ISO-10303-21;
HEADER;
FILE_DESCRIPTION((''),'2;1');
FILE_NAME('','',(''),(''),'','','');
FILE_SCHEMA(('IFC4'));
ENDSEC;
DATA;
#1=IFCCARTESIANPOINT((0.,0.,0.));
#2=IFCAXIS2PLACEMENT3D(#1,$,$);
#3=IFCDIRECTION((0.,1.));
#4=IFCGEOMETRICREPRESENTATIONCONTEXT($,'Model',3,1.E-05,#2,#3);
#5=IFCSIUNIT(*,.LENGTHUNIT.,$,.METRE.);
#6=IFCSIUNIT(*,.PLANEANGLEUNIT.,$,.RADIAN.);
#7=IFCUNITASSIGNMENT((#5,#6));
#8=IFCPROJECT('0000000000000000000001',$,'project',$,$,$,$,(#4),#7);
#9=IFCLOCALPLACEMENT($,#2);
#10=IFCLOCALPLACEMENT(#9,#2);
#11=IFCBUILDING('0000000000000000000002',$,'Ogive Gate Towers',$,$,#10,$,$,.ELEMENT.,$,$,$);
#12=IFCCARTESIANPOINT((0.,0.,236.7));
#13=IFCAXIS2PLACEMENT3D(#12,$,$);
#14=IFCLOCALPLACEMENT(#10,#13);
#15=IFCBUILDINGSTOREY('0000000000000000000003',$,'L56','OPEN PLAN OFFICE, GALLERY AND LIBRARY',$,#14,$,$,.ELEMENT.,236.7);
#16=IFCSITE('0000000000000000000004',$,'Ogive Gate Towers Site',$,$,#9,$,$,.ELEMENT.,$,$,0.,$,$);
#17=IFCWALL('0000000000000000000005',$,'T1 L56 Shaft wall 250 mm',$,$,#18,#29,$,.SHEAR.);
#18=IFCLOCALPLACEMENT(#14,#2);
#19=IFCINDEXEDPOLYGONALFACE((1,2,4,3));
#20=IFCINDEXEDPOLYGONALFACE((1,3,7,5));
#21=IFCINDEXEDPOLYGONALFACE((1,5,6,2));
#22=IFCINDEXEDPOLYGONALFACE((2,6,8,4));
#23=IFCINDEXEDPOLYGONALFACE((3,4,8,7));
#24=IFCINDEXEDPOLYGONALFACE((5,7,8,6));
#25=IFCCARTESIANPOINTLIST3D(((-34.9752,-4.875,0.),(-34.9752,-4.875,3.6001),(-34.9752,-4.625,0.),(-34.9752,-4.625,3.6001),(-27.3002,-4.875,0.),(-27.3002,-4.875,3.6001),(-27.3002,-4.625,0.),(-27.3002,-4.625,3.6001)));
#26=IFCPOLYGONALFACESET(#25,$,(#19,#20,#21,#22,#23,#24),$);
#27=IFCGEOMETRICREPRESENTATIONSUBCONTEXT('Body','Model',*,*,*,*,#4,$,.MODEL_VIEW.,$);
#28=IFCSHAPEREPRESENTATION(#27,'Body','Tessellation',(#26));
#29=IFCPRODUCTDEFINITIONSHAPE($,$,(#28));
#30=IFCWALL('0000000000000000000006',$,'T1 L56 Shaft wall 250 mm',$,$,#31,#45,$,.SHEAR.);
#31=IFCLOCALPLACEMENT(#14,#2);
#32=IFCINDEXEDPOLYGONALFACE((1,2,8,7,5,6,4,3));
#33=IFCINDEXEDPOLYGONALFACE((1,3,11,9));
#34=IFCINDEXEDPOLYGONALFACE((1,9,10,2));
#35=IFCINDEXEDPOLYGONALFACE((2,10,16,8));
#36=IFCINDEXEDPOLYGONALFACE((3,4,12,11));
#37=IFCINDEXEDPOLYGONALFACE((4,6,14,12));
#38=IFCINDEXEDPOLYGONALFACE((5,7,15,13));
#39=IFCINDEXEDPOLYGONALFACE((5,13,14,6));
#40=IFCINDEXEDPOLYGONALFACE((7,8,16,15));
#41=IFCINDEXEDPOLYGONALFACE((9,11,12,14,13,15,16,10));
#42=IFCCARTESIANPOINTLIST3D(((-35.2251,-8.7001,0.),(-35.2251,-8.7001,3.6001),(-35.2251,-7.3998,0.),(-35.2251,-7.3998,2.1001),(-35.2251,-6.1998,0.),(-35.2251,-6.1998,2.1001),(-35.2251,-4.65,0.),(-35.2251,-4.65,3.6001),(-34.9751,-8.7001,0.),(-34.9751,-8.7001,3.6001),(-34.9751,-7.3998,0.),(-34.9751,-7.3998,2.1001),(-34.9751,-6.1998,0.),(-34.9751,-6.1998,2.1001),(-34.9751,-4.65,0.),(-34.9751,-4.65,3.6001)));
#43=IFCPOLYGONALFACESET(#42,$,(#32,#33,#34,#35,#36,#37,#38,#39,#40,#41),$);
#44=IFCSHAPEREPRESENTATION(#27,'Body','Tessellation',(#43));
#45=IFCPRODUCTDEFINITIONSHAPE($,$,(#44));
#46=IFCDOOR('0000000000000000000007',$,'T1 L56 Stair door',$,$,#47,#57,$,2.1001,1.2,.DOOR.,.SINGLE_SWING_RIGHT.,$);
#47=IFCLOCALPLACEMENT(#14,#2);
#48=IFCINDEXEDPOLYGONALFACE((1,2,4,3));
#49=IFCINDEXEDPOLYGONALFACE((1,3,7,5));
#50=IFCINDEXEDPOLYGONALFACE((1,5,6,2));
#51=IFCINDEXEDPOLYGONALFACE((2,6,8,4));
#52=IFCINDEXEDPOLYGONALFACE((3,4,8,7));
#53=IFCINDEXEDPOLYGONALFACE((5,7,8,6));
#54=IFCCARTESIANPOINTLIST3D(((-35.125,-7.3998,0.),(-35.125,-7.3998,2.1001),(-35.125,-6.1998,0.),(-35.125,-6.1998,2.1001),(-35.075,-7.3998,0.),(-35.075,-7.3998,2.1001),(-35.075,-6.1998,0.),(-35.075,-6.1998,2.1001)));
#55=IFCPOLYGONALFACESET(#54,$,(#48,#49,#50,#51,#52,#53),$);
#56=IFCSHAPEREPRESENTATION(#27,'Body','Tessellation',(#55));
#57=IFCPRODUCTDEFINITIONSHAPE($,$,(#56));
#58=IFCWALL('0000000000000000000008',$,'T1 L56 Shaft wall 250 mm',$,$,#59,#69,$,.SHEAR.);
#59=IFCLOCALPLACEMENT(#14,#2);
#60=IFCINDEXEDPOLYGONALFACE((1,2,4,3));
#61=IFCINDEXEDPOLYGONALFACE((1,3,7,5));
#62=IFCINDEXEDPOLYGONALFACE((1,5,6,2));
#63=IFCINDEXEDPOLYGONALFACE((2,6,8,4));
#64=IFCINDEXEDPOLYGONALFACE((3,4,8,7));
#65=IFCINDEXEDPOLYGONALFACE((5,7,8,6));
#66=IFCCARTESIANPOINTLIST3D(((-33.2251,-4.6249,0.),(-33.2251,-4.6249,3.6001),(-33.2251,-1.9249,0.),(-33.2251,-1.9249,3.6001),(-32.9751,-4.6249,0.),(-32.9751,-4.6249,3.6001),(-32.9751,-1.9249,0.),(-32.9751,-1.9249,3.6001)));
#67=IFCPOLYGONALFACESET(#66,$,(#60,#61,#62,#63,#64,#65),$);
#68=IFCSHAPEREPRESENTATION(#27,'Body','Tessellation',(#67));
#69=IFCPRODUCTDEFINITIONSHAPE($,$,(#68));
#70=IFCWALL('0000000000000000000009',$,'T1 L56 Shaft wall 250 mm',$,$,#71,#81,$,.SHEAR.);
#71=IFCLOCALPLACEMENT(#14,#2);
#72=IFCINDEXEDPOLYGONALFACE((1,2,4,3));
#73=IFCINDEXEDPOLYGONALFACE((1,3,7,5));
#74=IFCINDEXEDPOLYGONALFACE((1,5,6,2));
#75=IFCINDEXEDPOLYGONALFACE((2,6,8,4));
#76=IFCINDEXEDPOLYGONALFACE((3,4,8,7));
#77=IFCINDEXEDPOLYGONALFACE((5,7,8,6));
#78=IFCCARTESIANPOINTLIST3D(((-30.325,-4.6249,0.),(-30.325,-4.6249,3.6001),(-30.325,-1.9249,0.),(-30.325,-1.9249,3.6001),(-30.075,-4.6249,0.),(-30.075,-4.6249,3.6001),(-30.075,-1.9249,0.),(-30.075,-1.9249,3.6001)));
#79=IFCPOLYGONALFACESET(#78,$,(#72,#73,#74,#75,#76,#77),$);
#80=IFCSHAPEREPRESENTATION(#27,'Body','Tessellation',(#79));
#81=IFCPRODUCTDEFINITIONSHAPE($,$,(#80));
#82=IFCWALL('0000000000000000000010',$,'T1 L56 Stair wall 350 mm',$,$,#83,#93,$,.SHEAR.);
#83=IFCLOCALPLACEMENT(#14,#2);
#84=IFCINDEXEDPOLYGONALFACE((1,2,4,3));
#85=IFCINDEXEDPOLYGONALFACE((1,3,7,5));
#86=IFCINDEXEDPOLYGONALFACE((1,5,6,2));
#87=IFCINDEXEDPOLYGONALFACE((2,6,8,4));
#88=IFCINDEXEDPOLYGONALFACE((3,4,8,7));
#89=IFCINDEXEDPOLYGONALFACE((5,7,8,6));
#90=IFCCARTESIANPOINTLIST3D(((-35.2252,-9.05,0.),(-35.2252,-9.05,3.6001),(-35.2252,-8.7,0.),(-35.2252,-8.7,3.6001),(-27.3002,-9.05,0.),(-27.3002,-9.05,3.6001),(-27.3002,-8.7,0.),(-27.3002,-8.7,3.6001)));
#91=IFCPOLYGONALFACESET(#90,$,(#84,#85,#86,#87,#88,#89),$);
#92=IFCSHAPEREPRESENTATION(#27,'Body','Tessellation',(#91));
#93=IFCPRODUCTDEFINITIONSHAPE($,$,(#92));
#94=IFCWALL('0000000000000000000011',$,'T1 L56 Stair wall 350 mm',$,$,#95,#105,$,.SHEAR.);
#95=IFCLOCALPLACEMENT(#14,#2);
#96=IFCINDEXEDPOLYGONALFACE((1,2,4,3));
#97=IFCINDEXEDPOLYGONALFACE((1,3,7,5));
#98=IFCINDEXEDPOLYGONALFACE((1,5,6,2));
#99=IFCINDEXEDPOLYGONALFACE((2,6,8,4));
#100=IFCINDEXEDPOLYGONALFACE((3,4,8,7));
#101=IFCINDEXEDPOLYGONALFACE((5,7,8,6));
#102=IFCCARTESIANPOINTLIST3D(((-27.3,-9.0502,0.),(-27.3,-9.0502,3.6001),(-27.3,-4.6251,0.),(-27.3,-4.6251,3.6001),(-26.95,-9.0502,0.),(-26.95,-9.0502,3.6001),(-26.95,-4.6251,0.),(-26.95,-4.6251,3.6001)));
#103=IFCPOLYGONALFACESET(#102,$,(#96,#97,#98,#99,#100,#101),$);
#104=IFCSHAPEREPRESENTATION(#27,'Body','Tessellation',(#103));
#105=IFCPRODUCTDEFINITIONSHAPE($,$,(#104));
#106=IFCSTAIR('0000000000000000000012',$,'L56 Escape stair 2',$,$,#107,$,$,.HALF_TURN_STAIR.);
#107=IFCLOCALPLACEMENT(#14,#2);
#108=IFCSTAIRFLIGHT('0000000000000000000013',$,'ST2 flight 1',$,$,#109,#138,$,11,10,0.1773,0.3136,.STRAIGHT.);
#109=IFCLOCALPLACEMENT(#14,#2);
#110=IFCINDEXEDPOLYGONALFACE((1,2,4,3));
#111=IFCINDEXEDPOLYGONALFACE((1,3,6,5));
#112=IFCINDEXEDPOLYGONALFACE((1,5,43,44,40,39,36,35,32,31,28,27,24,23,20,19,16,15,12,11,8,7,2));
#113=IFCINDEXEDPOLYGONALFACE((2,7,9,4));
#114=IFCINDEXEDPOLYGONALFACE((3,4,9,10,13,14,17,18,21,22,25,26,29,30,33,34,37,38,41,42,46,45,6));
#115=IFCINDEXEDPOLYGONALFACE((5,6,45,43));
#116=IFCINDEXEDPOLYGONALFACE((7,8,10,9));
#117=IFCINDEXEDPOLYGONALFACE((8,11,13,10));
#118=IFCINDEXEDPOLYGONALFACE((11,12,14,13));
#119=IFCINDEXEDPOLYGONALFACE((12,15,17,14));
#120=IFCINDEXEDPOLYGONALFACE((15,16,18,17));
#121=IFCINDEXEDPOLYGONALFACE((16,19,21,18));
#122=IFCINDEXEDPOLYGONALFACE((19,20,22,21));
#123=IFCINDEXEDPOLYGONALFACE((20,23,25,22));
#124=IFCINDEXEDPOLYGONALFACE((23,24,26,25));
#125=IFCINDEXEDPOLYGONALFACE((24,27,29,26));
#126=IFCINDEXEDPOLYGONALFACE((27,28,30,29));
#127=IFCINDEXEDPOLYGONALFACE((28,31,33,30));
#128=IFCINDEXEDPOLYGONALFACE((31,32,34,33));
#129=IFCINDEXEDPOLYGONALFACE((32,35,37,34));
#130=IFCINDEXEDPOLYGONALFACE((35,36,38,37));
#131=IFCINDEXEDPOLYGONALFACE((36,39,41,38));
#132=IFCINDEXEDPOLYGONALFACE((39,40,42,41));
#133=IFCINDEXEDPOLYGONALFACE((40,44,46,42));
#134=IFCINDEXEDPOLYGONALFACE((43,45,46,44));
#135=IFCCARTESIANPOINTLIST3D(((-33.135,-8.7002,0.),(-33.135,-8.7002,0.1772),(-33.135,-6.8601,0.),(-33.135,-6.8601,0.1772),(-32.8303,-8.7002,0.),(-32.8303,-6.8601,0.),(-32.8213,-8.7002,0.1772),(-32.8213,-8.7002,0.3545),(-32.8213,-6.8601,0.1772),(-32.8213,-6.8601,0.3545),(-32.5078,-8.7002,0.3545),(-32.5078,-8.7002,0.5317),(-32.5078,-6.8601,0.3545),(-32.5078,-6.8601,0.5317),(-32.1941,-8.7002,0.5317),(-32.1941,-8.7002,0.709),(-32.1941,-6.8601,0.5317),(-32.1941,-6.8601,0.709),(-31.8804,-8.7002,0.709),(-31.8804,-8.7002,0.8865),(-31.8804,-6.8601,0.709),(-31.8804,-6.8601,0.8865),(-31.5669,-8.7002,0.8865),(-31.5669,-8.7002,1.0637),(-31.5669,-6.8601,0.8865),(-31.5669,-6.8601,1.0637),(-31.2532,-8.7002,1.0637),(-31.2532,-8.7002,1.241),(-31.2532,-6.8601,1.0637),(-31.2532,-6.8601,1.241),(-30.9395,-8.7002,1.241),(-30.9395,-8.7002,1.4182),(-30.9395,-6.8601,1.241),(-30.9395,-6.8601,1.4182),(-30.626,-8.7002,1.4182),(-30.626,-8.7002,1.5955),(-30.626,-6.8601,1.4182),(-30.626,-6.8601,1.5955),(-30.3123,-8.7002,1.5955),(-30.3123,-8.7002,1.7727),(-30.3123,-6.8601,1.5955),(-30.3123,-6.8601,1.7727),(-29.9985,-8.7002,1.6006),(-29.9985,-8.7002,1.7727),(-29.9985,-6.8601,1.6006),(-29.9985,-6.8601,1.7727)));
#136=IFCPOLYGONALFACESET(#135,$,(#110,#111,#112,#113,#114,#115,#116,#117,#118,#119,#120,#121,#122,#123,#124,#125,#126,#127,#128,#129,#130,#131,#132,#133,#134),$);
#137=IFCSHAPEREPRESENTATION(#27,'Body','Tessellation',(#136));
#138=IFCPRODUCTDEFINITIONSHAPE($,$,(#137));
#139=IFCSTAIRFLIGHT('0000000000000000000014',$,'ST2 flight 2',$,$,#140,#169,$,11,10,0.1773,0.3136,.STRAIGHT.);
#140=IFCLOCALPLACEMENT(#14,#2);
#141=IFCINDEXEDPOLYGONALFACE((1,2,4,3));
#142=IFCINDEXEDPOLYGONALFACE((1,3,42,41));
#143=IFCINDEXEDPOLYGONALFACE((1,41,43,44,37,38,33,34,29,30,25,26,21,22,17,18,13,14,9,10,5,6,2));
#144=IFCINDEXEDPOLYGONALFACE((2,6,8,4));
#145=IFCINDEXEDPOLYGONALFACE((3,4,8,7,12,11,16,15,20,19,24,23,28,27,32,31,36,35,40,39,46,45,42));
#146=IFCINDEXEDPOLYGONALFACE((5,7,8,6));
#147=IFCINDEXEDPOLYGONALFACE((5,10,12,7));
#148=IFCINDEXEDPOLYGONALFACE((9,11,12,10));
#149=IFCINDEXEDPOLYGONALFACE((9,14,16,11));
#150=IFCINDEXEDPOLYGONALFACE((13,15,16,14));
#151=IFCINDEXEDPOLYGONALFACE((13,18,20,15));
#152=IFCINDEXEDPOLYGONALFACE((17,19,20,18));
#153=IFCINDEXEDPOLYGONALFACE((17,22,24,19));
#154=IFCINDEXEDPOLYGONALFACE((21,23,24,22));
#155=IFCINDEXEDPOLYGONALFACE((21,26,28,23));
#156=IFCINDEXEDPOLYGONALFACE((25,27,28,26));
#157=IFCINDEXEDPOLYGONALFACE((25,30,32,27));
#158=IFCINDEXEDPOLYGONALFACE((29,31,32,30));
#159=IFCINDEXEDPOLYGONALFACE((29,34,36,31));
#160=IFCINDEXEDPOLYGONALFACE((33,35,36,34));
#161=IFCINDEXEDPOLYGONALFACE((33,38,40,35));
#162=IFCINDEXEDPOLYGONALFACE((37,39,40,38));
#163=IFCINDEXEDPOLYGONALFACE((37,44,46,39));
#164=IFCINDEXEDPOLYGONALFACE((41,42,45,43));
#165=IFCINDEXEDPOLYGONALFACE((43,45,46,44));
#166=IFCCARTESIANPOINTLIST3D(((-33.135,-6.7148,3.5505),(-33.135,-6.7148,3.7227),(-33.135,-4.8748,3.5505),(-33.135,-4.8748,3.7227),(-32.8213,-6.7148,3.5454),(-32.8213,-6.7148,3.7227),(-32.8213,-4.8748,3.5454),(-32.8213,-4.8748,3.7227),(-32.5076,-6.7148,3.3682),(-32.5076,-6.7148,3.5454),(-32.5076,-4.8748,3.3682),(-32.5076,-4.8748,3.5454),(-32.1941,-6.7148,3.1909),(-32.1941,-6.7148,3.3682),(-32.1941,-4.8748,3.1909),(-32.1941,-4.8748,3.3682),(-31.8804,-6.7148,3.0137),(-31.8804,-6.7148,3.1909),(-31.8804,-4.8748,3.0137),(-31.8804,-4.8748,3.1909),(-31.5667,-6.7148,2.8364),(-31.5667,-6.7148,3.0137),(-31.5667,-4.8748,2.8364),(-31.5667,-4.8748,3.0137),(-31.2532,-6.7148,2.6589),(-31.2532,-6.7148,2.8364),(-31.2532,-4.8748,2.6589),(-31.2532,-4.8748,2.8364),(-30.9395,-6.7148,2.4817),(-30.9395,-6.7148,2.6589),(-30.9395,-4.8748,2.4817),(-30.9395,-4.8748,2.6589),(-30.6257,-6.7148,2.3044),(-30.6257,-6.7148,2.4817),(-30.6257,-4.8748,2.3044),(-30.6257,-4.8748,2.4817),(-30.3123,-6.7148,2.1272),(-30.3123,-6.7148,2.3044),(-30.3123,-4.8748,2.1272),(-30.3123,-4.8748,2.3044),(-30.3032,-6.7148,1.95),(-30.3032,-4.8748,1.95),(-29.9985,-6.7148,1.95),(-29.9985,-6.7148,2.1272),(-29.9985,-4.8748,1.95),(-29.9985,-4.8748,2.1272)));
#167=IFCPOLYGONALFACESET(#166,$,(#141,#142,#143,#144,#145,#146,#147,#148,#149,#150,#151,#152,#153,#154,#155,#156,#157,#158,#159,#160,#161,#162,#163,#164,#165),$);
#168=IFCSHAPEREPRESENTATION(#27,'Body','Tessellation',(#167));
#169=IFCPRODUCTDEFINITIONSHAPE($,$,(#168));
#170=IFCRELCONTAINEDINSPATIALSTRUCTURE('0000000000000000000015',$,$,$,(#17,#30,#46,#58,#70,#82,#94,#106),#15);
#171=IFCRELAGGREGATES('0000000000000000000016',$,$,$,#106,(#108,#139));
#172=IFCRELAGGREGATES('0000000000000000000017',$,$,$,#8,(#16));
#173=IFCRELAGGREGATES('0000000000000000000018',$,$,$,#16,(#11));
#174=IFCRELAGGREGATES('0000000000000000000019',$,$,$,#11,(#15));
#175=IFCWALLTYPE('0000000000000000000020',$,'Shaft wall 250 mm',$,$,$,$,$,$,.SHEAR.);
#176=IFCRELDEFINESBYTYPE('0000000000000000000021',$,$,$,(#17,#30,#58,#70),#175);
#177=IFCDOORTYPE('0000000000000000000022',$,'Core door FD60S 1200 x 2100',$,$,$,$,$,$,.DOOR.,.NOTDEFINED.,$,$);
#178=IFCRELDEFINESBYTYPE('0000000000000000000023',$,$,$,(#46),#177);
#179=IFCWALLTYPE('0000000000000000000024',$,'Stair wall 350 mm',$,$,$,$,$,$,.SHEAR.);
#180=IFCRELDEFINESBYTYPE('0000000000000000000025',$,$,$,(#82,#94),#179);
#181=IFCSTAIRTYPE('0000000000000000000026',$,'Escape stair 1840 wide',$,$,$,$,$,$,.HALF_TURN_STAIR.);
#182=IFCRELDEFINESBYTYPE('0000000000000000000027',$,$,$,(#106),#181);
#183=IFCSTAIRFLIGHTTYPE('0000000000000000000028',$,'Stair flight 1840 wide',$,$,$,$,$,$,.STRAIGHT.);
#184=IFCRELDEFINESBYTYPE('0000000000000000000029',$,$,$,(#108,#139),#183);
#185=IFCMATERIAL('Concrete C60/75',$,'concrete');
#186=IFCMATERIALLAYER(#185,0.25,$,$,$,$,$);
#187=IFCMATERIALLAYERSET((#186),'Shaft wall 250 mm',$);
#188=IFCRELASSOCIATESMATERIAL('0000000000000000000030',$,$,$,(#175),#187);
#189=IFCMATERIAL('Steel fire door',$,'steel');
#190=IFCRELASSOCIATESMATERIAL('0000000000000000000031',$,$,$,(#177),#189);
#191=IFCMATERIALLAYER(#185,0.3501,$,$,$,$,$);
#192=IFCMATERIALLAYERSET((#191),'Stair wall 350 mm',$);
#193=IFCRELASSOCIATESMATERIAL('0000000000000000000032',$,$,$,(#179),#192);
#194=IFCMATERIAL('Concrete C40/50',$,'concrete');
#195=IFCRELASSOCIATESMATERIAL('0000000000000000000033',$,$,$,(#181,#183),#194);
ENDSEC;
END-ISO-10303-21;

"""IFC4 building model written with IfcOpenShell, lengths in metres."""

from ifc_helpers import new_model, si_unit, direction, frame, frame_2d, origin, place, context, subcontext, project, spatial, polyline, rectangle, outline, extrude, material, layer, layer_set, type_object, element, fill, aggregate, save


model = new_model("IFC4")

# Units and contexts
model_context = context("Model", 3, precision=1e-05, world=origin(), true_north=direction((0.0, 1.0)))
body_context = subcontext(model_context, "Body", "Model", "MODEL_VIEW")
ifc_project = project(units=[si_unit("LENGTHUNIT", "METRE"), si_unit("PLANEANGLEUNIT", "RADIAN")], contexts=[model_context])

# Site, building, storey
site_placement = place(None, origin())
site = spatial("IfcSite", under=ifc_project, at=site_placement, Name="Ogive Gate Towers Site", CompositionType="ELEMENT", RefElevation=0.0)
building_placement = place(site_placement, origin())
building = spatial("IfcBuilding", under=site, at=building_placement, Name="Ogive Gate Towers", CompositionType="ELEMENT")
storey_placement = place(building_placement, frame((0.0, 0.0, 236.7)))
storey = spatial("IfcBuildingStorey", under=building, at=storey_placement, Name="L56", Description="OPEN PLAN OFFICE, GALLERY AND LIBRARY", CompositionType="ELEMENT", Elevation=236.7)

# Shared definitions
ifc_material_1 = material(Name="Concrete C60/75", Category="concrete")
ifc_material_2 = material(Name="Steel fire door", Category="steel")

# Wall
ifc_layer_1 = layer(ifc_material_1, 0.25)
ifc_layer_set_1 = layer_set([ifc_layer_1], Name="Shaft wall 250 mm")
wall_type_1 = type_object("IfcWallType", Name="Shaft wall 250 mm", PredefinedType="SHEAR", material=ifc_layer_set_1)
wall_1_placement = place(storey_placement, frame((-34.9751, -4.75, 0.0), z_axis=(0.0, 0.0, 1.0), x_axis=(1.0, 0.0, 0.0)))
element("IfcWall", 1, at=wall_1_placement, inside=storey, type_object=wall_type_1, Name="T1 L56 Shaft wall 250 mm", PredefinedType="SHEAR", context=body_context, shape_type="SweptSolid", body=[
    extrude(rectangle(XDim=7.675, YDim=0.25, at=frame_2d((3.8374, 0.0))), origin(), (0.0, 0.0, 1.0), 3.6001),
])

# Wall, opening, door
wall_2_placement = place(storey_placement, frame((-35.1001, -8.7, 0.0), z_axis=(0.0, 0.0, 1.0), x_axis=(0.0, 1.0, 0.0)))
wall_2 = element("IfcWall", 2, at=wall_2_placement, inside=storey, type_object=wall_type_1, Name="T1 L56 Shaft wall 250 mm", PredefinedType="SHEAR", context=body_context, shape_type="SweptSolid", body=[
    extrude(rectangle(XDim=4.05, YDim=0.25, at=frame_2d((2.0249, 0.0))), origin(), (0.0, 0.0, 1.0), 3.6001),
])
opening_1_placement = place(wall_2_placement, frame((1.3, 0.0, 0.0)))
opening_1 = element("IfcOpeningElement", 3, at=opening_1_placement, cuts=wall_2, PredefinedType="OPENING", context=body_context, shape_type="SweptSolid", body=[
    extrude(rectangle(XDim=1.2, YDim=2.1001, at=frame_2d((0.6001, 1.05))), frame((0.0, 0.135, 0.0), z_axis=(0.0, -1.0, 0.0), x_axis=(1.0, 0.0, 0.0)), (0.0, 0.0, 1.0), 0.27),
])
door_type_1 = type_object("IfcDoorType", Name="Core door FD60S 1200 x 2100", OperationType="NOTDEFINED", PredefinedType="DOOR", material=ifc_material_2)
door_1_placement = place(opening_1_placement, origin())
door_1 = element("IfcDoor", 4, at=door_1_placement, inside=storey, type_object=door_type_1, Name="T1 L56 Stair door", OperationType="SINGLE_SWING_RIGHT", OverallHeight=2.1001, OverallWidth=1.2, PredefinedType="DOOR", context=body_context, shape_type="SweptSolid", body=[
    extrude(rectangle(XDim=1.2, YDim=2.1001, at=frame_2d((0.6001, 1.05))), frame((0.0, 0.0249, 0.0), z_axis=(0.0, -1.0, 0.0), x_axis=(1.0, 0.0, 0.0)), (0.0, 0.0, 1.0), 0.05),
])
fill(opening_1, door_1)

# Walls
for number, where, z_axis, x_axis, name in (
    (5, (-33.1001, -4.625, 0.0), (0.0, 0.0, 1.0), (0.0, 1.0, 0.0), "T1 L56 Shaft wall 250 mm"),
    (6, (-30.2, -4.625, 0.0), (0.0, 0.0, 1.0), (0.0, 1.0, 0.0), "T1 L56 Shaft wall 250 mm"),
):
    element("IfcWall", number, at=place(storey_placement, frame(where, z_axis=z_axis, x_axis=x_axis)), inside=storey, type_object=wall_type_1, Name=name, PredefinedType="SHEAR", context=body_context, shape_type="SweptSolid", body=[
        extrude(rectangle(XDim=2.7, YDim=0.25, at=frame_2d((1.3501, 0.0))), origin(), (0.0, 0.0, 1.0), 3.6001),
    ])
ifc_layer_2 = layer(ifc_material_1, 0.3501)
ifc_layer_set_2 = layer_set([ifc_layer_2], Name="Stair wall 350 mm")
wall_type_2 = type_object("IfcWallType", Name="Stair wall 350 mm", PredefinedType="SHEAR", material=ifc_layer_set_2)
wall_3_placement = place(storey_placement, frame((-35.2251, -8.875, 0.0), z_axis=(0.0, 0.0, 1.0), x_axis=(1.0, 0.0, 0.0)))
element("IfcWall", 7, at=wall_3_placement, inside=storey, type_object=wall_type_2, Name="T1 L56 Stair wall 350 mm", PredefinedType="SHEAR", context=body_context, shape_type="SweptSolid", body=[
    extrude(rectangle(XDim=7.925, YDim=0.3501, at=frame_2d((3.9624, 0.0))), origin(), (0.0, 0.0, 1.0), 3.6001),
])
wall_4_placement = place(storey_placement, frame((-27.125, -9.05, 0.0), z_axis=(0.0, 0.0, 1.0), x_axis=(0.0, 1.0, 0.0)))
element("IfcWall", 8, at=wall_4_placement, inside=storey, type_object=wall_type_2, Name="T1 L56 Stair wall 350 mm", PredefinedType="SHEAR", context=body_context, shape_type="SweptSolid", body=[
    extrude(rectangle(XDim=4.425, YDim=0.3501, at=frame_2d((2.2124, 0.0))), origin(), (0.0, 0.0, 1.0), 3.6001),
])

# Stair, stair flights
ifc_material_3 = material(Name="Concrete C40/50", Category="concrete")
stair_type = type_object("IfcStairType", Name="Escape stair 1840 wide", PredefinedType="HALF_TURN_STAIR", material=ifc_material_3)
stair_placement = place(storey_placement, origin())
stair = element("IfcStair", 9, at=stair_placement, inside=storey, type_object=stair_type, Name="L56 Escape stair 2", PredefinedType="HALF_TURN_STAIR")
stair_flight_type = type_object("IfcStairFlightType", Name="Stair flight 1840 wide", PredefinedType="STRAIGHT", material=ifc_material_3)
stair_flight_1_placement = place(storey_placement, frame((-33.135, -7.78, 0.0), z_axis=(0.0, 0.0, 1.0), x_axis=(1.0, 0.0, 0.0)))
stair_flight_1 = element("IfcStairFlight", 10, at=stair_flight_1_placement, type_object=stair_flight_type, Name="ST2 flight 1", NumberOfRisers=11, NumberOfTreads=10, PredefinedType="STRAIGHT", RiserHeight=0.1773, TreadLength=0.3136, context=body_context, shape_type="SweptSolid", body=[
    extrude(outline(polyline([(0.0, 0.0), (0.0, 0.1772), (0.3137, 0.1772), (0.3137, 0.3545), (0.6272, 0.3545), (0.6272, 0.5317), (0.9409, 0.5317), (0.9409, 0.709), (1.2546, 0.709), (1.2546, 0.8865), (1.5681, 0.8865), (1.5681, 1.0637), (1.8818, 1.0637), (1.8818, 1.241), (2.1956, 1.241), (2.1956, 1.4182), (2.509, 1.4182), (2.509, 1.5955), (2.8228, 1.5955), (2.8228, 1.7727), (3.1365, 1.7727), (3.1365, 1.95), (3.1365, 1.6006), (0.3047, 0.0), (0.0, 0.0)])), frame((0.0, 0.9199, 0.0), z_axis=(0.0, -1.0, 0.0), x_axis=(1.0, 0.0, 0.0)), (0.0, 0.0, 1.0), 1.8401),
])
stair_flight_2_placement = place(storey_placement, frame((-29.9985, -5.7949, 1.95), z_axis=(0.0, 0.0, 1.0), x_axis=(-1.0, 0.0, 0.0)))
stair_flight_2 = element("IfcStairFlight", 11, at=stair_flight_2_placement, type_object=stair_flight_type, Name="ST2 flight 2", NumberOfRisers=11, NumberOfTreads=10, PredefinedType="STRAIGHT", RiserHeight=0.1773, TreadLength=0.3136, context=body_context, shape_type="SweptSolid", body=[
    extrude(outline(polyline([(0.0, 0.0), (0.0, 0.1772), (0.3137, 0.1772), (0.3137, 0.3545), (0.6272, 0.3545), (0.6272, 0.5317), (0.9409, 0.5317), (0.9409, 0.709), (1.2546, 0.709), (1.2546, 0.8865), (1.5681, 0.8865), (1.5681, 1.0637), (1.8818, 1.0637), (1.8818, 1.241), (2.1956, 1.241), (2.1956, 1.4182), (2.509, 1.4182), (2.509, 1.5955), (2.8228, 1.5955), (2.8228, 1.7727), (3.1365, 1.7727), (3.1365, 1.95), (3.1365, 1.6006), (0.3047, 0.0), (0.0, 0.0)])), frame((0.0, 0.9199, 0.0), z_axis=(0.0, -1.0, 0.0), x_axis=(1.0, 0.0, 0.0)), (0.0, 0.0, 1.0), 1.8401),
])
aggregate(stair, [stair_flight_1, stair_flight_2])

save(model, "model.ifc")
